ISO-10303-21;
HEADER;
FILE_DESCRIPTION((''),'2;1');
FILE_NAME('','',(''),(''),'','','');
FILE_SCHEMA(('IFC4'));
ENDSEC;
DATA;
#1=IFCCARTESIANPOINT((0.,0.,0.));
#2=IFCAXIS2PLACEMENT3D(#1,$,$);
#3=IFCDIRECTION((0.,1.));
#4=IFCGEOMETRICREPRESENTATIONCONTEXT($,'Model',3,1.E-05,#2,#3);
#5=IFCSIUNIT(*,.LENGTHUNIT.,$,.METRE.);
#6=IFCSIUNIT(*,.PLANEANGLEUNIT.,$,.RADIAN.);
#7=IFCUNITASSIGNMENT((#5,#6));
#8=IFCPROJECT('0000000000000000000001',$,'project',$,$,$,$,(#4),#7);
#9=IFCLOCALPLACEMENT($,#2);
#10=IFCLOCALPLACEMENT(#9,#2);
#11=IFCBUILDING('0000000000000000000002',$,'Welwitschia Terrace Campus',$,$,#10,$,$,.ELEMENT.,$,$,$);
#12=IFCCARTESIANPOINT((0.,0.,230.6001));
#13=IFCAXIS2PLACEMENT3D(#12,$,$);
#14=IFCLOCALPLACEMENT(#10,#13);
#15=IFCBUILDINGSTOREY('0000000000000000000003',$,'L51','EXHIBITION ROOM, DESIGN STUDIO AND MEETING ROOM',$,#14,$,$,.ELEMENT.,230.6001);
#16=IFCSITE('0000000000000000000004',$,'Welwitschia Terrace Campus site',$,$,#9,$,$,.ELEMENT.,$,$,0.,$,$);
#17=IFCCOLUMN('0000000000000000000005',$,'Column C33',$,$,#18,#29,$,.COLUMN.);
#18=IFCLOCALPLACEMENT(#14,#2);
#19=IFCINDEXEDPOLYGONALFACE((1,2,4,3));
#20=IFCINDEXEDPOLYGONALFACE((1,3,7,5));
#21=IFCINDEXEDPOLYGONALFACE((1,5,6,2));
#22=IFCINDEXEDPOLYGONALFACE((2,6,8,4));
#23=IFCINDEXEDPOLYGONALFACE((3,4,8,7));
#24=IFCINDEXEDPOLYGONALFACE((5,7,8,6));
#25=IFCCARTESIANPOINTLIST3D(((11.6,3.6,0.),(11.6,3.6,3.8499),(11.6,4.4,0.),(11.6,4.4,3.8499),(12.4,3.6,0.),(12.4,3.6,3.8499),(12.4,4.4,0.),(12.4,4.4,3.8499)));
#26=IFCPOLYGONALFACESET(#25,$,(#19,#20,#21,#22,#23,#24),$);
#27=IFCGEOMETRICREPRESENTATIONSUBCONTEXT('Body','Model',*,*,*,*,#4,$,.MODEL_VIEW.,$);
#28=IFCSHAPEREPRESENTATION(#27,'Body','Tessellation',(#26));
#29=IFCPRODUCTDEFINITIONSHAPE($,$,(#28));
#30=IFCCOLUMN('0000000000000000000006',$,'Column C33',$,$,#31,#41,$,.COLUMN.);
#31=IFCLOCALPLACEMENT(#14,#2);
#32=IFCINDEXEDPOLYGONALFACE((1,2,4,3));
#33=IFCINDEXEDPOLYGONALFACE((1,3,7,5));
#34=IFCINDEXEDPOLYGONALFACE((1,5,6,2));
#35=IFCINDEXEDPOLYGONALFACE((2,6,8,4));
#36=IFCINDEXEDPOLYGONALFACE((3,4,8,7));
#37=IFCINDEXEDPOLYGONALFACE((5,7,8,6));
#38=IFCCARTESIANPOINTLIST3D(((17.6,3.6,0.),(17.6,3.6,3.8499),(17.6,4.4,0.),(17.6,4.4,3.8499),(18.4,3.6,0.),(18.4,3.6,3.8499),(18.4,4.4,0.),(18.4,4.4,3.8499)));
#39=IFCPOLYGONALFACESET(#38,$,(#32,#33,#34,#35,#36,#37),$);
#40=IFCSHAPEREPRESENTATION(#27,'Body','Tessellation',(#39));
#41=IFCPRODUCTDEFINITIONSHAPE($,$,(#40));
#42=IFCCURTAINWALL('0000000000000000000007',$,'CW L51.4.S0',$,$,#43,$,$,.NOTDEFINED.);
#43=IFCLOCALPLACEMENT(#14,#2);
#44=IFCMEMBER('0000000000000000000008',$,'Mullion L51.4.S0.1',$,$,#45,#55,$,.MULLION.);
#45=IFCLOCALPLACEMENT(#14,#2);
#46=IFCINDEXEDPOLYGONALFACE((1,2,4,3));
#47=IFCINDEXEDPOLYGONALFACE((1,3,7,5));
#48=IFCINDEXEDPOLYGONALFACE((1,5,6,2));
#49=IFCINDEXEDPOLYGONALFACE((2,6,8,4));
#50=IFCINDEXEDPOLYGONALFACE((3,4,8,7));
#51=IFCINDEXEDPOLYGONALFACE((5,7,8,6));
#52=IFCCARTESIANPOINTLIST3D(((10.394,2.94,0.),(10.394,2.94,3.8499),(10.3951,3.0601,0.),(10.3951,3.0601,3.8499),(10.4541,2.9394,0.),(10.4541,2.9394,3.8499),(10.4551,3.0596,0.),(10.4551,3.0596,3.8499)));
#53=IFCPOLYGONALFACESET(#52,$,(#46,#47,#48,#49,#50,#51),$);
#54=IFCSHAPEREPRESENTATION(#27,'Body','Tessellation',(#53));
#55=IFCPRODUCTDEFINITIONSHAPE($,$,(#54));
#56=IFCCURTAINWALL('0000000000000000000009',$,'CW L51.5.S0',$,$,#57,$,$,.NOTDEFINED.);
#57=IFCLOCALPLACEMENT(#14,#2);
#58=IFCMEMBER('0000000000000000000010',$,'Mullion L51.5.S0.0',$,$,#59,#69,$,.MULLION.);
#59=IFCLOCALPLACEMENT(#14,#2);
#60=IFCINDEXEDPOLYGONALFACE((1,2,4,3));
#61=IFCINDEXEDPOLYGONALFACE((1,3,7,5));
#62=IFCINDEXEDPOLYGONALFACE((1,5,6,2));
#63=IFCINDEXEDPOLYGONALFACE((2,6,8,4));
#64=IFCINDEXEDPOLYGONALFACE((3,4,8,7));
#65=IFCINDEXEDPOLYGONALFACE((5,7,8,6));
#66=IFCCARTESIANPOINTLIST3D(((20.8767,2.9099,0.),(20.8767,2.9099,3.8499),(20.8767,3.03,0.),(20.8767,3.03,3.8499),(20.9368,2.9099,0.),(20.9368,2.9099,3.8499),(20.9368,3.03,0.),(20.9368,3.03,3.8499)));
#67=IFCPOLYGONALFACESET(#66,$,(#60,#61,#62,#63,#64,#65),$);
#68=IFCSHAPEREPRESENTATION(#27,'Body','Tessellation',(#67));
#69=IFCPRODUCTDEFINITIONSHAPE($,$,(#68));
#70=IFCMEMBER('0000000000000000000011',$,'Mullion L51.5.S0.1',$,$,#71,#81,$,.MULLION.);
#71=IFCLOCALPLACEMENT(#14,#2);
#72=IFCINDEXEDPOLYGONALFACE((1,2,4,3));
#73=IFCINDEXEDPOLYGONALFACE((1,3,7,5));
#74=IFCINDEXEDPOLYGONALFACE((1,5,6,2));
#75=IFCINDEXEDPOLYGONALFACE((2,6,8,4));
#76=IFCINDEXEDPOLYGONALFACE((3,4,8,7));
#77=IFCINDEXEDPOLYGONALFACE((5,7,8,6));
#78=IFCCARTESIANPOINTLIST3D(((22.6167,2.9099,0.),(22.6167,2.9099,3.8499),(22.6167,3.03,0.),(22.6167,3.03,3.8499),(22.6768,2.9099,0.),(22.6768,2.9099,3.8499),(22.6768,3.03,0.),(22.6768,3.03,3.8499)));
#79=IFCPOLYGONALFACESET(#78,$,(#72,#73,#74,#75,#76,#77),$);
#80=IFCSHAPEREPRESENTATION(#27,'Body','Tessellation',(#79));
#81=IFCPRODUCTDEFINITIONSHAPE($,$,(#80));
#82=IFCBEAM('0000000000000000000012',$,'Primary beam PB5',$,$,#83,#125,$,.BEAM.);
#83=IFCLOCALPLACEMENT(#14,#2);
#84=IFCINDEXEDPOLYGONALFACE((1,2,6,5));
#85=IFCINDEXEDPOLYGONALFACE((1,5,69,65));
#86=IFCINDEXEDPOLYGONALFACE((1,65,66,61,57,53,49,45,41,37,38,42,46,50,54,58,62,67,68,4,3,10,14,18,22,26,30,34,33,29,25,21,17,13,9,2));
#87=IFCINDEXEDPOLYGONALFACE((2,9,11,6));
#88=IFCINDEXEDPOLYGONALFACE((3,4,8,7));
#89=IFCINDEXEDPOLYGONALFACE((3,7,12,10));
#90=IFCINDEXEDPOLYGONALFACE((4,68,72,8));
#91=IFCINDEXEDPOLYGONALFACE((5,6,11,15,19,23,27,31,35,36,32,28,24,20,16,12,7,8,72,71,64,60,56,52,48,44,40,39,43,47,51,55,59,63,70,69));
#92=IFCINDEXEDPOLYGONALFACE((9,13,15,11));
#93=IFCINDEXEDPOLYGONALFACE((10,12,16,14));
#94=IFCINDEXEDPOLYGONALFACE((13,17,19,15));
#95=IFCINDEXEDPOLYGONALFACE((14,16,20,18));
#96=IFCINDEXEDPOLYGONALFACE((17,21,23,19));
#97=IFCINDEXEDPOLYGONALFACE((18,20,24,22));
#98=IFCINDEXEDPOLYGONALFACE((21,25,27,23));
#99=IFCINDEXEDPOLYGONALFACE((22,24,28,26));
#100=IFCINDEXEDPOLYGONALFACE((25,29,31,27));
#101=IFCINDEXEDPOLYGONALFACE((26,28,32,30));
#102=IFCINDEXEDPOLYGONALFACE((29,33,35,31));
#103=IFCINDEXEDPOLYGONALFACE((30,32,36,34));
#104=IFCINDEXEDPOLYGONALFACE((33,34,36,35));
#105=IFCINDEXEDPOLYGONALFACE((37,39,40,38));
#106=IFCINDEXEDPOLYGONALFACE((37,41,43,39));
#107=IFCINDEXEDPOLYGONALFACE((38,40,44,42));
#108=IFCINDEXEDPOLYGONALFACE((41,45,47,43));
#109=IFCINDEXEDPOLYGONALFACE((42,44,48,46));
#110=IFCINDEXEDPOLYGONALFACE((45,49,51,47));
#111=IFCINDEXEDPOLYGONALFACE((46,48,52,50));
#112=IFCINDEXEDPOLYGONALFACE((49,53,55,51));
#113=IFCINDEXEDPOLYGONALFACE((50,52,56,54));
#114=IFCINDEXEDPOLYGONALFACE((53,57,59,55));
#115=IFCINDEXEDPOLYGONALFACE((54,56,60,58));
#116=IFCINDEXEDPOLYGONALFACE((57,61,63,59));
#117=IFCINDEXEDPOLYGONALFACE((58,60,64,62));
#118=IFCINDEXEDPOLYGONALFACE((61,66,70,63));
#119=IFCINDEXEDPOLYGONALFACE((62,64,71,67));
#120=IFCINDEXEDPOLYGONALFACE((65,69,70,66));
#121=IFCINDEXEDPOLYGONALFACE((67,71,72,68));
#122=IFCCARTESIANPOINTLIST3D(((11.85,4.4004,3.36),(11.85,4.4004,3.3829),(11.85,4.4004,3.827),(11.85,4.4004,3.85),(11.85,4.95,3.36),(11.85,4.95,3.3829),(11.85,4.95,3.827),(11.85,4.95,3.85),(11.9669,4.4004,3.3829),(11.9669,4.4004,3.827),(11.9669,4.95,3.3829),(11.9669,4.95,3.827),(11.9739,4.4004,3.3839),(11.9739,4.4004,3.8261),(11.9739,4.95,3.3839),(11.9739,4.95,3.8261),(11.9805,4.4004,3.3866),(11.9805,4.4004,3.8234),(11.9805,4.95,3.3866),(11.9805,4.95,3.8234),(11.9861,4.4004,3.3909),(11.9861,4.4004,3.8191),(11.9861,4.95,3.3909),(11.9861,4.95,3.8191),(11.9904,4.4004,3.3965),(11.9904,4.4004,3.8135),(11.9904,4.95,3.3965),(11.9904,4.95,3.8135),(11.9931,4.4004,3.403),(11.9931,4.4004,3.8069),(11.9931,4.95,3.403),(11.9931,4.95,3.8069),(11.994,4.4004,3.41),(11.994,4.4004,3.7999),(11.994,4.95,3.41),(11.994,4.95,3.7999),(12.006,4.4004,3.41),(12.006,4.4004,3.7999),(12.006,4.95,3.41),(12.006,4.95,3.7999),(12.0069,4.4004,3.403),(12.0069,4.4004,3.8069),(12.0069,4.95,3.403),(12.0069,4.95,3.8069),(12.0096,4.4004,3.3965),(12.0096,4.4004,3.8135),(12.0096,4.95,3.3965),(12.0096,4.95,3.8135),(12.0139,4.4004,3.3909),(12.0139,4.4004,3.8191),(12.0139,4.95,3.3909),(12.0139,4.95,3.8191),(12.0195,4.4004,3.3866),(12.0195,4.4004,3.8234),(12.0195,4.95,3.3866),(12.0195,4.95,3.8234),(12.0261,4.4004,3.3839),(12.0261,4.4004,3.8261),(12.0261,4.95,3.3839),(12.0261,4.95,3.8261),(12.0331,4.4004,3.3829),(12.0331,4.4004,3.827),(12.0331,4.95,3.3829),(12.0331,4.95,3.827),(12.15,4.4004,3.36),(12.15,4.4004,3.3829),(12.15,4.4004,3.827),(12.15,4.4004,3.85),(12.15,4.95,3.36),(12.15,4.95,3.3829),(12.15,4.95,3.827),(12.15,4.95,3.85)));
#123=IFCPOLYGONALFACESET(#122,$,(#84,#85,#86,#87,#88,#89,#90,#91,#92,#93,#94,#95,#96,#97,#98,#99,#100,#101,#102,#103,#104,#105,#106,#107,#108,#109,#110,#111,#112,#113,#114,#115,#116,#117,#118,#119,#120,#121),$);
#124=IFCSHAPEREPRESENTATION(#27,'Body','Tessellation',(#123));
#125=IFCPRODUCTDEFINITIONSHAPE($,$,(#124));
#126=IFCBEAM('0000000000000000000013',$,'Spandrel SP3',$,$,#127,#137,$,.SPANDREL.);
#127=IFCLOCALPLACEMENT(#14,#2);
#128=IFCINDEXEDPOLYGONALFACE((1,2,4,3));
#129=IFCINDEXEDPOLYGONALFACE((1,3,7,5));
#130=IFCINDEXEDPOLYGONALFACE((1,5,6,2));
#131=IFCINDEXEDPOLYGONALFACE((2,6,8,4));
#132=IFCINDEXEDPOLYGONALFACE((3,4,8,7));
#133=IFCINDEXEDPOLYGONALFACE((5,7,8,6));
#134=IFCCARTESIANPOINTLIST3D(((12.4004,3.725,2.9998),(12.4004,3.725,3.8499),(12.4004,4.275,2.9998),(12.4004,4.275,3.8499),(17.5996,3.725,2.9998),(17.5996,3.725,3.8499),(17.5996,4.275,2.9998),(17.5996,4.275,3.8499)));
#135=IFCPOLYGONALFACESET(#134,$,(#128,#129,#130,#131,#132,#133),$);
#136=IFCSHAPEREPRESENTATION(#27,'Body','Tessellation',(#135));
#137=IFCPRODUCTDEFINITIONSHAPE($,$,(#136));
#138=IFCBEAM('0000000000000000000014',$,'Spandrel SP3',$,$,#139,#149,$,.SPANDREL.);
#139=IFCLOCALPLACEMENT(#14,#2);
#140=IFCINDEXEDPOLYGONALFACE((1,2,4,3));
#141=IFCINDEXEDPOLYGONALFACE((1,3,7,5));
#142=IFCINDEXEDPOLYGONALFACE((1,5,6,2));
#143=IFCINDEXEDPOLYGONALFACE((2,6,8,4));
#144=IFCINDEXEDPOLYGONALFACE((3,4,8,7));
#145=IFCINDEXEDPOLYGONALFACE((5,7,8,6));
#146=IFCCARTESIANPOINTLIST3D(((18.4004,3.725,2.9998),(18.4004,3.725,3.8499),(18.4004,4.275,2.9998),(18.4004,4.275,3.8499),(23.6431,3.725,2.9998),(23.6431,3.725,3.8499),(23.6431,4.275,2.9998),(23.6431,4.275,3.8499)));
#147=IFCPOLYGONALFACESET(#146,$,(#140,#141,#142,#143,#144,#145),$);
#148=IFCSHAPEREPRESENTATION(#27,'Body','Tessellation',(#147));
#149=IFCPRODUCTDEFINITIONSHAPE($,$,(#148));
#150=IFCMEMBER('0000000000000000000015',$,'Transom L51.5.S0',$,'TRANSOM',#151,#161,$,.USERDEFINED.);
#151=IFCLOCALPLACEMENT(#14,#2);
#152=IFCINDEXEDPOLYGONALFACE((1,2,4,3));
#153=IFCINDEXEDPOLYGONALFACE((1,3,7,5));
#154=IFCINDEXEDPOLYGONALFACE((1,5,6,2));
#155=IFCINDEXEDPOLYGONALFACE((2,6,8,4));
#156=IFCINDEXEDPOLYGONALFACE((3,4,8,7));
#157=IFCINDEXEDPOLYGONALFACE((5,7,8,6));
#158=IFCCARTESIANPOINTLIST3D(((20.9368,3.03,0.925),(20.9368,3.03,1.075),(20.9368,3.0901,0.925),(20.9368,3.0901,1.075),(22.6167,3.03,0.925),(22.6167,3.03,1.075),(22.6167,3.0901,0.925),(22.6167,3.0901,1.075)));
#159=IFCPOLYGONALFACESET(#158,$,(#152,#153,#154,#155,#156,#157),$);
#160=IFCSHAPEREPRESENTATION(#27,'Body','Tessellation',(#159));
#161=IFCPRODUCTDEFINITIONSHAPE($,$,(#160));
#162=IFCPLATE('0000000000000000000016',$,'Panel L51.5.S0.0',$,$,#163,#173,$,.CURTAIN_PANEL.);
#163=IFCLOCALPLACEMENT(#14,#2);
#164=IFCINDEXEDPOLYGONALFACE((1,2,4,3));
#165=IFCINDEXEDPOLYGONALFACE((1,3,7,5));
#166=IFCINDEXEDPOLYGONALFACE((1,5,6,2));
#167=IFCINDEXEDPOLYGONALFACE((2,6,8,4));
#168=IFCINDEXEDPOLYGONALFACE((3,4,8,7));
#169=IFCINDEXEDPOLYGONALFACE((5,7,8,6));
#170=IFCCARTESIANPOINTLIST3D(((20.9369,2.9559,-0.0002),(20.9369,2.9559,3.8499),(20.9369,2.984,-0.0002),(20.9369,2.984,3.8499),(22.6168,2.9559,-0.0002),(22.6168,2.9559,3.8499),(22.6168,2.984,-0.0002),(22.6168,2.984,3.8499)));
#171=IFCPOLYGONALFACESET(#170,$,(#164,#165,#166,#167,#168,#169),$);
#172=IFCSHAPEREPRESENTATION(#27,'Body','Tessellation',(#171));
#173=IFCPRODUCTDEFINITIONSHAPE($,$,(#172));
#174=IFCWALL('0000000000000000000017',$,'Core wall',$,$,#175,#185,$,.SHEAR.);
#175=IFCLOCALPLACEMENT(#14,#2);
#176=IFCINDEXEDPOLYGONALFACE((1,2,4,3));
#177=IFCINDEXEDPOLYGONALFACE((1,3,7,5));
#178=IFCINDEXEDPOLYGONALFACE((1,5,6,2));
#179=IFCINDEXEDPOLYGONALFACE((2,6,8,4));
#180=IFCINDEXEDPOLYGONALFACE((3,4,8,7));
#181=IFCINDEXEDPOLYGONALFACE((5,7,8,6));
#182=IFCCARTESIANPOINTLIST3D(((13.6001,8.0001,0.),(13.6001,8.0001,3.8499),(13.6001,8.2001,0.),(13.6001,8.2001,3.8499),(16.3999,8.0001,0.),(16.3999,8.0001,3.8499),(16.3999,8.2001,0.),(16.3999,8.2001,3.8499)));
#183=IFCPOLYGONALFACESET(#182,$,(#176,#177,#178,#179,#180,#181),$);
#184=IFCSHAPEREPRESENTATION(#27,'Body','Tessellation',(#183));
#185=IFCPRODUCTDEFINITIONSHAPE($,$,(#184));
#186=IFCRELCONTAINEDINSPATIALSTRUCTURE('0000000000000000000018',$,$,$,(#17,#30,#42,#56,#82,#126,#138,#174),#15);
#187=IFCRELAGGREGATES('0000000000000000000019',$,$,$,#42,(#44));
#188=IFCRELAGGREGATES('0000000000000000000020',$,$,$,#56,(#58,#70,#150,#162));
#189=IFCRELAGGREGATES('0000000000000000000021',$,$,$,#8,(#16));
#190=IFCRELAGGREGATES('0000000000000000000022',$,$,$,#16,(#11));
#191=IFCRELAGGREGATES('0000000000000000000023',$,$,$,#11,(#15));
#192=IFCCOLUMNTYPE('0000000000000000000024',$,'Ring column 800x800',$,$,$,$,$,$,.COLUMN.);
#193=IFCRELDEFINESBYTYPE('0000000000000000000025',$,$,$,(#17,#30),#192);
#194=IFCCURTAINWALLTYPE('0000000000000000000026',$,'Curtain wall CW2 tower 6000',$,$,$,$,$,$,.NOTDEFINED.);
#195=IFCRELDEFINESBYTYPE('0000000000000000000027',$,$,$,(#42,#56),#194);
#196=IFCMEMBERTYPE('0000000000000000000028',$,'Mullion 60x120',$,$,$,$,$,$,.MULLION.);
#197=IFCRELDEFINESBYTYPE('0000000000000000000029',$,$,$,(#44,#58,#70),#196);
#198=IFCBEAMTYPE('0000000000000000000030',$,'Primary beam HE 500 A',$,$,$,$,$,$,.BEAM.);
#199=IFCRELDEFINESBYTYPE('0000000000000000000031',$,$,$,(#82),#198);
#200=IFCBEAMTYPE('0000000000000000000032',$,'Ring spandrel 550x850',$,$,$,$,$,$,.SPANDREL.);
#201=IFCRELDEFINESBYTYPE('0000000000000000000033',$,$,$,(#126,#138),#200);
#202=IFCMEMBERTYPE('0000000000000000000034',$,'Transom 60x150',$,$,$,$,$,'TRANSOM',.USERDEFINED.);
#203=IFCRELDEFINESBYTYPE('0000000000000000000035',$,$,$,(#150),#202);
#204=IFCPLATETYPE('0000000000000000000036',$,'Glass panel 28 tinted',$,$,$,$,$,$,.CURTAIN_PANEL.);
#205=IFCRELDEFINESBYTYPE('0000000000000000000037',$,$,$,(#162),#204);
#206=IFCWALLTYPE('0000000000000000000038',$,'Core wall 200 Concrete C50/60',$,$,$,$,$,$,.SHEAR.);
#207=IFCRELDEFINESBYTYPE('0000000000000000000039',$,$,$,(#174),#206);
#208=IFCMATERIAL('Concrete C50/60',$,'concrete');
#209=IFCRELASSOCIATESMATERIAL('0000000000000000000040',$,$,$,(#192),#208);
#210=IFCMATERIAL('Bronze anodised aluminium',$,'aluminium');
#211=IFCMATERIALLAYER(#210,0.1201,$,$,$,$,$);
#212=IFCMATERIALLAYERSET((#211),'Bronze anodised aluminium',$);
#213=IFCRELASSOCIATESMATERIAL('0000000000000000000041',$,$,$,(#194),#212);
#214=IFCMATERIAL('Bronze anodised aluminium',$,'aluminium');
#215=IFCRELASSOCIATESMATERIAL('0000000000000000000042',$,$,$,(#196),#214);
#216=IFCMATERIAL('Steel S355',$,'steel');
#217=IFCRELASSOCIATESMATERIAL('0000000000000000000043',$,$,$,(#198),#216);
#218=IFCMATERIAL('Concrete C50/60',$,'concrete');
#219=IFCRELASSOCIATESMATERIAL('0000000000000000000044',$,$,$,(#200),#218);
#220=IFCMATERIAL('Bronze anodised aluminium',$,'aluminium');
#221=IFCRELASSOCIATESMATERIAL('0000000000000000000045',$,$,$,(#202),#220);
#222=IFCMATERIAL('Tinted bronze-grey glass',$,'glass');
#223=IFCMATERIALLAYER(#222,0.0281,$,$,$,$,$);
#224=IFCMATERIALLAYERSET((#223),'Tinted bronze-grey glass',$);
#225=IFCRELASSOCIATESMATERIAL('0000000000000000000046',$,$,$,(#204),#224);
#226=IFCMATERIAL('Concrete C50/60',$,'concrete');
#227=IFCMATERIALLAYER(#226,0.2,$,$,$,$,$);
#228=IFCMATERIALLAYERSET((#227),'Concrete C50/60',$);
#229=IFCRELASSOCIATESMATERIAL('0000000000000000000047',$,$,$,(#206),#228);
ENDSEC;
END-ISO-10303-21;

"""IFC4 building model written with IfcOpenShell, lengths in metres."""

from ifc_helpers import new_model, si_unit, direction, frame, frame_2d, origin, origin_2d, place, context, subcontext, project, spatial, rectangle, i_section, extrude, material, layer, layer_set, material_profile, profile_set, type_object, element, aggregate, save


model = new_model("IFC4")

# Units and contexts
model_context = context("Model", 3, precision=1e-05, world=origin(), true_north=direction((0.0, 1.0)))
body_context = subcontext(model_context, "Body", "Model", "MODEL_VIEW")
ifc_project = project(units=[si_unit("LENGTHUNIT", "METRE"), si_unit("PLANEANGLEUNIT", "RADIAN")], contexts=[model_context])

# Site, building, storey
site_placement = place(None, origin())
site = spatial("IfcSite", under=ifc_project, at=site_placement, Name="Welwitschia Terrace Campus site", CompositionType="ELEMENT", RefElevation=0.0)
building_placement = place(site_placement, origin())
building = spatial("IfcBuilding", under=site, at=building_placement, Name="Welwitschia Terrace Campus", CompositionType="ELEMENT")
storey_placement = place(building_placement, frame((0.0, 0.0, 230.6001)))
storey = spatial("IfcBuildingStorey", under=building, at=storey_placement, Name="L51", Description="EXHIBITION ROOM, DESIGN STUDIO AND MEETING ROOM", CompositionType="ELEMENT", Elevation=230.6001)

# Columns
ifc_material_1 = material(Name="Concrete C50/60", Category="concrete")
ifc_material_profile_1 = material_profile(ifc_material_1, rectangle(XDim=0.8, YDim=0.8, at=origin_2d()))
ifc_profile_set_1 = profile_set([ifc_material_profile_1], Name="Concrete C50/60")
column_type = type_object("IfcColumnType", Name="Ring column 800x800", PredefinedType="COLUMN", material=ifc_profile_set_1)
for number, where, z_axis, x_axis, name in (
    (1, (12.0, 4.0, 0.0), (0.0, 0.0, 1.0), (1.0, 0.0, 0.0), "Column C33"),
    (2, (18.0, 4.0, 0.0), (0.0, 0.0, 1.0), (1.0, 0.0, 0.0), "Column C33"),
):
    element("IfcColumn", number, at=place(storey_placement, frame(where, z_axis=z_axis, x_axis=x_axis)), inside=storey, type_object=column_type, Name=name, PredefinedType="COLUMN", context=body_context, shape_type="SweptSolid", body=[
        extrude(rectangle(XDim=0.8, YDim=0.8, at=origin_2d()), origin(), (0.0, 0.0, 1.0), 3.8499),
    ])

# Curtain wall, member
ifc_material_2 = material(Name="Bronze anodised aluminium", Category="aluminium")
ifc_layer_1 = layer(ifc_material_2, 0.1201)
ifc_layer_set_1 = layer_set([ifc_layer_1], Name="Bronze anodised aluminium")
curtain_wall_type = type_object("IfcCurtainWallType", Name="Curtain wall CW2 tower 6000", PredefinedType="NOTDEFINED", material=ifc_layer_set_1)
curtain_wall_1_placement = place(storey_placement, origin())
curtain_wall_1 = element("IfcCurtainWall", 3, at=curtain_wall_1_placement, inside=storey, type_object=curtain_wall_type, Name="CW L51.4.S0", PredefinedType="NOTDEFINED")
ifc_material_3 = material(Name="Bronze anodised aluminium", Category="aluminium")
ifc_material_profile_2 = material_profile(ifc_material_3, rectangle(XDim=0.1201, YDim=0.0601, at=origin_2d()))
ifc_profile_set_2 = profile_set([ifc_material_profile_2], Name="Bronze anodised aluminium")
member_type_1 = type_object("IfcMemberType", Name="Mullion 60x120", PredefinedType="MULLION", material=ifc_profile_set_2)
member_1_placement = place(storey_placement, frame((10.4246, 2.9998, 0.0), z_axis=(0.0, 0.0, 1.0), x_axis=(0.008727, 0.999962, 0.0)))
member_1 = element("IfcMember", 4, at=member_1_placement, type_object=member_type_1, Name="Mullion L51.4.S0.1", PredefinedType="MULLION", context=body_context, shape_type="SweptSolid", body=[
    extrude(rectangle(XDim=0.1201, YDim=0.0601, at=origin_2d()), origin(), (0.0, 0.0, 1.0), 3.8499),
])
aggregate(curtain_wall_1, [member_1])

# Curtain wall, members
curtain_wall_2_placement = place(storey_placement, origin())
curtain_wall_2 = element("IfcCurtainWall", 5, at=curtain_wall_2_placement, inside=storey, type_object=curtain_wall_type, Name="CW L51.5.S0", PredefinedType="NOTDEFINED")
member_2_placement = place(storey_placement, frame((20.9067, 2.97, 0.0), z_axis=(0.0, 0.0, 1.0), x_axis=(0.0, 1.0, 0.0)))
member_2 = element("IfcMember", 6, at=member_2_placement, type_object=member_type_1, Name="Mullion L51.5.S0.0", PredefinedType="MULLION", context=body_context, shape_type="SweptSolid", body=[
    extrude(rectangle(XDim=0.1201, YDim=0.0601, at=origin_2d()), origin(), (0.0, 0.0, 1.0), 3.8499),
])
member_3_placement = place(storey_placement, frame((22.6467, 2.97, 0.0), z_axis=(0.0, 0.0, 1.0), x_axis=(0.0, 1.0, 0.0)))
member_3 = element("IfcMember", 7, at=member_3_placement, type_object=member_type_1, Name="Mullion L51.5.S0.1", PredefinedType="MULLION", context=body_context, shape_type="SweptSolid", body=[
    extrude(rectangle(XDim=0.1201, YDim=0.0601, at=origin_2d()), origin(), (0.0, 0.0, 1.0), 3.8499),
])

# Beams
ifc_material_4 = material(Name="Steel S355", Category="steel")
ifc_material_profile_3 = material_profile(ifc_material_4, i_section(OverallWidth=0.3, OverallDepth=0.49, WebThickness=0.012, FlangeThickness=0.0229, FilletRadius=0.0271, at=origin_2d()))
ifc_profile_set_3 = profile_set([ifc_material_profile_3], Name="Steel S355")
beam_type_1 = type_object("IfcBeamType", Name="Primary beam HE 500 A", PredefinedType="BEAM", material=ifc_profile_set_3)
beam_1_placement = place(storey_placement, frame((12.0, 4.4004, 3.605), z_axis=(0.0, 1.0, 0.0), x_axis=(-1.0, 0.0, 0.0)))
element("IfcBeam", 8, at=beam_1_placement, inside=storey, type_object=beam_type_1, Name="Primary beam PB5", PredefinedType="BEAM", context=body_context, shape_type="SweptSolid", body=[
    extrude(i_section(OverallWidth=0.3, OverallDepth=0.49, WebThickness=0.012, FlangeThickness=0.0229, FilletRadius=0.0271, at=origin_2d()), origin(), (0.0, 0.0, 1.0), 0.5496),
])
ifc_material_5 = material(Name="Concrete C50/60", Category="concrete")
ifc_material_profile_4 = material_profile(ifc_material_5, rectangle(XDim=0.55, YDim=0.8501, at=origin_2d()))
ifc_profile_set_4 = profile_set([ifc_material_profile_4], Name="Concrete C50/60")
beam_type_2 = type_object("IfcBeamType", Name="Ring spandrel 550x850", PredefinedType="SPANDREL", material=ifc_profile_set_4)
beam_2_placement = place(storey_placement, frame((12.4004, 4.0, 3.4248), z_axis=(1.0, 0.0, 0.0), x_axis=(0.0, 1.0, 0.0)))
element("IfcBeam", 9, at=beam_2_placement, inside=storey, type_object=beam_type_2, Name="Spandrel SP3", PredefinedType="SPANDREL", context=body_context, shape_type="SweptSolid", body=[
    extrude(rectangle(XDim=0.55, YDim=0.8501, at=origin_2d()), origin(), (0.0, 0.0, 1.0), 5.1992),
])
beam_3_placement = place(storey_placement, frame((18.4004, 4.0, 3.4248), z_axis=(1.0, 0.0, 0.0), x_axis=(0.0, 1.0, 0.0)))
element("IfcBeam", 10, at=beam_3_placement, inside=storey, type_object=beam_type_2, Name="Spandrel SP3", PredefinedType="SPANDREL", context=body_context, shape_type="SweptSolid", body=[
    extrude(rectangle(XDim=0.55, YDim=0.8501, at=origin_2d()), origin(), (0.0, 0.0, 1.0), 5.2427),
])

# Member
ifc_material_6 = material(Name="Bronze anodised aluminium", Category="aluminium")
ifc_material_profile_5 = material_profile(ifc_material_6, rectangle(XDim=0.0601, YDim=0.1499, at=origin_2d()))
ifc_profile_set_5 = profile_set([ifc_material_profile_5], Name="Bronze anodised aluminium")
member_type_2 = type_object("IfcMemberType", Name="Transom 60x150", ElementType="TRANSOM", PredefinedType="USERDEFINED", material=ifc_profile_set_5)
member_4_placement = place(storey_placement, frame((20.9368, 3.0601, 1.0), z_axis=(1.0, 0.0, 0.0), x_axis=(0.0, 1.0, 0.0)))
member_4 = element("IfcMember", 11, at=member_4_placement, type_object=member_type_2, Name="Transom L51.5.S0", ObjectType="TRANSOM", PredefinedType="USERDEFINED", context=body_context, shape_type="SweptSolid", body=[
    extrude(rectangle(XDim=0.0601, YDim=0.1499, at=origin_2d()), origin(), (0.0, 0.0, 1.0), 1.6799),
])

# Plate
ifc_material_7 = material(Name="Tinted bronze-grey glass", Category="glass")
ifc_layer_2 = layer(ifc_material_7, 0.0281)
ifc_layer_set_2 = layer_set([ifc_layer_2], Name="Tinted bronze-grey glass")
plate_type = type_object("IfcPlateType", Name="Glass panel 28 tinted", PredefinedType="CURTAIN_PANEL", material=ifc_layer_set_2)
plate_placement = place(storey_placement, frame((21.7769, 2.97, -0.0002), z_axis=(0.0, 0.0, 1.0), x_axis=(1.0, 0.0, 0.0)))
plate = element("IfcPlate", 12, at=plate_placement, type_object=plate_type, Name="Panel L51.5.S0.0", PredefinedType="CURTAIN_PANEL", context=body_context, shape_type="SweptSolid", body=[
    extrude(rectangle(XDim=1.6799, YDim=0.0281, at=origin_2d()), origin(), (0.0, 0.0, 1.0), 3.8501),
])
aggregate(curtain_wall_2, [member_2, member_3, member_4, plate])

# Wall
ifc_material_8 = material(Name="Concrete C50/60", Category="concrete")
ifc_layer_3 = layer(ifc_material_8, 0.2)
ifc_layer_set_3 = layer_set([ifc_layer_3], Name="Concrete C50/60")
wall_type_1 = type_object("IfcWallType", Name="Core wall 200 Concrete C50/60", PredefinedType="SHEAR", material=ifc_layer_set_3)
wall_1_placement = place(storey_placement, frame((13.6001, 8.1001, 0.0), z_axis=(0.0, 0.0, 1.0), x_axis=(1.0, 0.0, 0.0)))
element("IfcWall", 13, at=wall_1_placement, inside=storey, type_object=wall_type_1, Name="Core wall", PredefinedType="SHEAR", context=body_context, shape_type="SweptSolid", body=[
    extrude(rectangle(XDim=2.7998, YDim=0.2, at=frame_2d((1.3999, 0.0))), origin(), (0.0, 0.0, 1.0), 3.8499),
])

save(model, "model.ifc")
